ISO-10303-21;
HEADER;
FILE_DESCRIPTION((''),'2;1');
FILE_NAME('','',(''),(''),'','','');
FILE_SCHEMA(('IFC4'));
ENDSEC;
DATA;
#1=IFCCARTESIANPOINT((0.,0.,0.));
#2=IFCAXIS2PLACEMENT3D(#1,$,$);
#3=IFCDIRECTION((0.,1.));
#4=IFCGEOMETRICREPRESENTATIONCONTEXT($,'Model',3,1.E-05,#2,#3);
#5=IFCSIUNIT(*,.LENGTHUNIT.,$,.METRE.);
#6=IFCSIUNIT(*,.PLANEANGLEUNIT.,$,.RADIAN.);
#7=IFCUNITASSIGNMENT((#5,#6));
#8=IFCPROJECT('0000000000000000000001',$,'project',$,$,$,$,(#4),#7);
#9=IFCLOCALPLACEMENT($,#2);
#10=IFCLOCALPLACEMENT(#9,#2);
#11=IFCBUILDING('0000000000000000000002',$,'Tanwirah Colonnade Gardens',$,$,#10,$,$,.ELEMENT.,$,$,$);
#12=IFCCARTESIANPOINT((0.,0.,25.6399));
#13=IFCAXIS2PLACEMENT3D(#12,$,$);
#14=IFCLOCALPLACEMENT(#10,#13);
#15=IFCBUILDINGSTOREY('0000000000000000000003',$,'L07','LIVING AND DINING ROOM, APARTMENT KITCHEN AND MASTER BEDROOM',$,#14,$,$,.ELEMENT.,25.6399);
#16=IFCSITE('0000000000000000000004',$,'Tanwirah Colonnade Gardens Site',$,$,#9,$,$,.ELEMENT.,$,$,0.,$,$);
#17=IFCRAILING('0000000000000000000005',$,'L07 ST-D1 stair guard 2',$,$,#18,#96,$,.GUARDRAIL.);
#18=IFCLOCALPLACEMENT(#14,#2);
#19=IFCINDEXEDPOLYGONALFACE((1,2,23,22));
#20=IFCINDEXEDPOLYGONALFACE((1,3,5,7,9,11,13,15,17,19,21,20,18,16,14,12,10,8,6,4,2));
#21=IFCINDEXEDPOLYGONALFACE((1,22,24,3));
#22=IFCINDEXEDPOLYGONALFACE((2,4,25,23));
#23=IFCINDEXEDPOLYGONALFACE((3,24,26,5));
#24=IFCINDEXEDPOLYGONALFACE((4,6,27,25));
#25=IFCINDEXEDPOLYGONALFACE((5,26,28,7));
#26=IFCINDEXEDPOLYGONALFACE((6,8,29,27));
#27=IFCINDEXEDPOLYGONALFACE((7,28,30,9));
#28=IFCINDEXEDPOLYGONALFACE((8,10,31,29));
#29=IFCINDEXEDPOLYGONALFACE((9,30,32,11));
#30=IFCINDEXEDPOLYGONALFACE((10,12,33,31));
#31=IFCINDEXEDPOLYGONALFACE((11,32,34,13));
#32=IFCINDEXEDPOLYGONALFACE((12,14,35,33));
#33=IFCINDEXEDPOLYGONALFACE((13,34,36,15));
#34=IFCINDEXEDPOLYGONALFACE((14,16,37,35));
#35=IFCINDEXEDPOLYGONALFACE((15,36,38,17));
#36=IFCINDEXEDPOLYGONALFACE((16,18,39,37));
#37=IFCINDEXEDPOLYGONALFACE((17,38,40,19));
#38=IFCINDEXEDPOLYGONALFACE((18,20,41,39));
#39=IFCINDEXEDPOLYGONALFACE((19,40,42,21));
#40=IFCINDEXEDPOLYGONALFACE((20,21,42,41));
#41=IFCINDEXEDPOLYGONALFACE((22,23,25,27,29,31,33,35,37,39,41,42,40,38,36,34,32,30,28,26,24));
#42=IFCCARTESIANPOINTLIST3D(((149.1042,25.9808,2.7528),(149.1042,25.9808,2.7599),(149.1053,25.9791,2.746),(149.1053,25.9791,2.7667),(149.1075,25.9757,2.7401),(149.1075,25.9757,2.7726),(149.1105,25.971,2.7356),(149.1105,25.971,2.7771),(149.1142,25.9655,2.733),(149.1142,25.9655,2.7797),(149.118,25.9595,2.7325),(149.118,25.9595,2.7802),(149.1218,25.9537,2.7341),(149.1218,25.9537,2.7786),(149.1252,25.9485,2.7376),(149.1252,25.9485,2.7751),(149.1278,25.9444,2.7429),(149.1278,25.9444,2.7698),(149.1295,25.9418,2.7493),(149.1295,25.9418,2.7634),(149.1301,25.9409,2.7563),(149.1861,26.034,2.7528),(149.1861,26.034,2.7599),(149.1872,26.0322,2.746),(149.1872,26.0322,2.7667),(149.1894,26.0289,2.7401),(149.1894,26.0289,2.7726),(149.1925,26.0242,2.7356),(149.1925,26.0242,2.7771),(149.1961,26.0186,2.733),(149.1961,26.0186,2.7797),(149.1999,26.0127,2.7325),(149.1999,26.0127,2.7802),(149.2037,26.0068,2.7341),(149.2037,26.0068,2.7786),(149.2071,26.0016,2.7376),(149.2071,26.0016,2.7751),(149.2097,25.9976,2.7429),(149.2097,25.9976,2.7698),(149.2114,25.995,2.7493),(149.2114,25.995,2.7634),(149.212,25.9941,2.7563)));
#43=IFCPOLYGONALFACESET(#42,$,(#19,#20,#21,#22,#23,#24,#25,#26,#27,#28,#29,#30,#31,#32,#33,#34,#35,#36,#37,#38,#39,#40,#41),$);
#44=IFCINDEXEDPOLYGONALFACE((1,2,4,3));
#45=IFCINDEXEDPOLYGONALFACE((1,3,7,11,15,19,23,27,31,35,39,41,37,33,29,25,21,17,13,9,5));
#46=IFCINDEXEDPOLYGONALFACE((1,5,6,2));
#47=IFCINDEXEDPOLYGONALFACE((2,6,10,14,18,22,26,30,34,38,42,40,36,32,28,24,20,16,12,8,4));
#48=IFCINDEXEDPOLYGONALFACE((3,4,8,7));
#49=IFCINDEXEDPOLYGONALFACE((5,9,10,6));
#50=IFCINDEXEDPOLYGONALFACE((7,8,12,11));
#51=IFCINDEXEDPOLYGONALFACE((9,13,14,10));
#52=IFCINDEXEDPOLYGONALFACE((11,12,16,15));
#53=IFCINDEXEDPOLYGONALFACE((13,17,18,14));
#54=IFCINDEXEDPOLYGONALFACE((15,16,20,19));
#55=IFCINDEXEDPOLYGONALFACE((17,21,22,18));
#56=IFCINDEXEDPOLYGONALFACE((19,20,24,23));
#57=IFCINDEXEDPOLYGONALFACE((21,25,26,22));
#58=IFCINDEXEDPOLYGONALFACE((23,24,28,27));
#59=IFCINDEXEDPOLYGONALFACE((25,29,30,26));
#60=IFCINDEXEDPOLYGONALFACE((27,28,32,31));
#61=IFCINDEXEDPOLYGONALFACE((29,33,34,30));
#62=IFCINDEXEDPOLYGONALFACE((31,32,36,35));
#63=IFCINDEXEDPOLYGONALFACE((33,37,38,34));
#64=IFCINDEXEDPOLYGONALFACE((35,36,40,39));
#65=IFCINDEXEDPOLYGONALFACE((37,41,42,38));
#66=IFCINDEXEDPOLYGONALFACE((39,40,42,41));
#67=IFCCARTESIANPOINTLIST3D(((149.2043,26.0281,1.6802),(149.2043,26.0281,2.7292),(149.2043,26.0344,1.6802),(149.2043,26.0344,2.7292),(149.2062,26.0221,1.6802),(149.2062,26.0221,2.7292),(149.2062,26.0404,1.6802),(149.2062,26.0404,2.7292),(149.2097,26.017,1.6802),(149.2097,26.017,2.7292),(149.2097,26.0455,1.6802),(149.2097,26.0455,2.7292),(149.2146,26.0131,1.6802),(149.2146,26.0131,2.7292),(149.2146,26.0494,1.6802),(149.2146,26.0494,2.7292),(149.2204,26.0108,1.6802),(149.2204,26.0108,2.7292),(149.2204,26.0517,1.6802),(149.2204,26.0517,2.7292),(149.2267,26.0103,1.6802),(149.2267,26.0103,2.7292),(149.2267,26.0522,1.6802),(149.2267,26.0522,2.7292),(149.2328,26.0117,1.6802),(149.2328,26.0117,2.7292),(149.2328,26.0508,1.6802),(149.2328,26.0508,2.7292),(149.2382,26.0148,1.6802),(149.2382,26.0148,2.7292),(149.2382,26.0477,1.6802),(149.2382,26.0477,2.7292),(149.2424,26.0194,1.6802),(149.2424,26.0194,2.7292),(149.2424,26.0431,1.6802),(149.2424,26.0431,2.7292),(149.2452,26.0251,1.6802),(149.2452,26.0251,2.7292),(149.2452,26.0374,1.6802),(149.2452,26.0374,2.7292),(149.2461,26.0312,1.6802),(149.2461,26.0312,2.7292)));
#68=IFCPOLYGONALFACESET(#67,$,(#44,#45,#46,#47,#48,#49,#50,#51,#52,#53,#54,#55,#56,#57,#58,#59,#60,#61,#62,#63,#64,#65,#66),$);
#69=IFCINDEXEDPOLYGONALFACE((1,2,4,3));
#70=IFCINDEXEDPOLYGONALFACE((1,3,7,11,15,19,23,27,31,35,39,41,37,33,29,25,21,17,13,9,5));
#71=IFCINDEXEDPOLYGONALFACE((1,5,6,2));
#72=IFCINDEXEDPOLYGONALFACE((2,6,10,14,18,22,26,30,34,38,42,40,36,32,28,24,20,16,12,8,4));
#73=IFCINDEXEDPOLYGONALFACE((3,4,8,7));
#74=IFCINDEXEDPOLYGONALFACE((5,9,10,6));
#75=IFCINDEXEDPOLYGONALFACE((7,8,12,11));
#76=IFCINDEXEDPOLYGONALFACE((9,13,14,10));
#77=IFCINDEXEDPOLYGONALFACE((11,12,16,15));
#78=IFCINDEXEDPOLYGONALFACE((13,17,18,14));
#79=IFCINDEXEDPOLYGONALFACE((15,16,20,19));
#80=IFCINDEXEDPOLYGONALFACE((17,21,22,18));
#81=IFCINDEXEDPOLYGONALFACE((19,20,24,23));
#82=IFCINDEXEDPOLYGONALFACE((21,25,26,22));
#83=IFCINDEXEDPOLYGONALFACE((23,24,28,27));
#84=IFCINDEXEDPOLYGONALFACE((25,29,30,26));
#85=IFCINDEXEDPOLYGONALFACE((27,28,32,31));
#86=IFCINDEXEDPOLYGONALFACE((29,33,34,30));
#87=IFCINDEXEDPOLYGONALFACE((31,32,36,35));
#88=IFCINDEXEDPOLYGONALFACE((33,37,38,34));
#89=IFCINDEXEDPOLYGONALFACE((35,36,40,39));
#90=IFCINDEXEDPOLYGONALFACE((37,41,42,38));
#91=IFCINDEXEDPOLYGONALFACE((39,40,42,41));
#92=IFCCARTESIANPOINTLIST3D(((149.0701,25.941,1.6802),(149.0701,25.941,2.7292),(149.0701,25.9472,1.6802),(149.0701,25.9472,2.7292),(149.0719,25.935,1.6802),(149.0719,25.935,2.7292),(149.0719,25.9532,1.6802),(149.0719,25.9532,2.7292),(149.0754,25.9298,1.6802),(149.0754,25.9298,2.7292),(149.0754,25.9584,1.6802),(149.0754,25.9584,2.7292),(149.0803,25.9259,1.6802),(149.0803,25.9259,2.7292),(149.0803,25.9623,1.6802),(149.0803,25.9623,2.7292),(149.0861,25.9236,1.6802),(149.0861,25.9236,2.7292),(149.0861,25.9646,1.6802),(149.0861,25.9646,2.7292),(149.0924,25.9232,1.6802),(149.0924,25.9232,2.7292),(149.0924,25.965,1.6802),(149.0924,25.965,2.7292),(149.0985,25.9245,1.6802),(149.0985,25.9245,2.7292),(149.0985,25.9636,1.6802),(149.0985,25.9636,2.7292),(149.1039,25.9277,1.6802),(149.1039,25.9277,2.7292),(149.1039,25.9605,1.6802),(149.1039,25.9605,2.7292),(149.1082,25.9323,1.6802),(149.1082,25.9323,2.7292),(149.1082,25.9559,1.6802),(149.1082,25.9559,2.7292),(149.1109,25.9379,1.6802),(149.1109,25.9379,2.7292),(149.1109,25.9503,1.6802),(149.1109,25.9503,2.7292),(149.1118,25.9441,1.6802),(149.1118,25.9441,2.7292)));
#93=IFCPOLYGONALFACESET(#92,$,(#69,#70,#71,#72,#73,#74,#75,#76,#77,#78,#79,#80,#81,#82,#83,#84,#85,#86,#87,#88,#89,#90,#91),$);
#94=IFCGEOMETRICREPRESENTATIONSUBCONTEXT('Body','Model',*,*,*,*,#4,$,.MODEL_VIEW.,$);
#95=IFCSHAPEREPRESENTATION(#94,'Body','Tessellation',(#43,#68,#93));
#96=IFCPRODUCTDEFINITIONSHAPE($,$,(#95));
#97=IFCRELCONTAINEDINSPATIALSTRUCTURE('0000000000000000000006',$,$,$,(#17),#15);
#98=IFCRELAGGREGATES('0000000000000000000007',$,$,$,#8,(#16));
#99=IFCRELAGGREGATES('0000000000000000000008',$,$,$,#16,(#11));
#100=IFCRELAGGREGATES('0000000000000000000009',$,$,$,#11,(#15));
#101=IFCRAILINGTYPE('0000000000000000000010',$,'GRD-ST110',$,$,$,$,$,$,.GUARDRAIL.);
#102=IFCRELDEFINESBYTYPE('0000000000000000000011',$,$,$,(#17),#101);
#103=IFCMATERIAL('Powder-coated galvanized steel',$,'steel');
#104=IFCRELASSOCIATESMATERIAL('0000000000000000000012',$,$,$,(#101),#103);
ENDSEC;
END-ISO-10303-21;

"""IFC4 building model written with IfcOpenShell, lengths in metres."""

from ifc_helpers import new_model, si_unit, direction, frame, origin, origin_2d, place, context, subcontext, project, spatial, circle, extrude, material, type_object, element, save


model = new_model("IFC4")

# Units and contexts
model_context = context("Model", 3, precision=1e-05, world=origin(), true_north=direction((0.0, 1.0)))
body_context = subcontext(model_context, "Body", "Model", "MODEL_VIEW")
ifc_project = project(units=[si_unit("LENGTHUNIT", "METRE"), si_unit("PLANEANGLEUNIT", "RADIAN")], contexts=[model_context])

# Site, building, storey
site_placement = place(None, origin())
site = spatial("IfcSite", under=ifc_project, at=site_placement, Name="Tanwirah Colonnade Gardens Site", CompositionType="ELEMENT", RefElevation=0.0)
building_placement = place(site_placement, origin())
building = spatial("IfcBuilding", under=site, at=building_placement, Name="Tanwirah Colonnade Gardens", CompositionType="ELEMENT")
storey_placement = place(building_placement, frame((0.0, 0.0, 25.6399)))
storey = spatial("IfcBuildingStorey", under=building, at=storey_placement, Name="L07", Description="LIVING AND DINING ROOM, APARTMENT KITCHEN AND MASTER BEDROOM", CompositionType="ELEMENT", Elevation=25.6399)

# Railing
ifc_material_1 = material(Name="Powder-coated galvanized steel", Category="steel")
railing_type_1 = type_object("IfcRailingType", Name="GRD-ST110", PredefinedType="GUARDRAIL", material=ifc_material_1)
railing_1_placement = place(storey_placement, frame((149.2251, 26.0312, 1.6802)))
element("IfcRailing", 1, at=railing_1_placement, inside=storey, type_object=railing_type_1, Name="L07 ST-D1 stair guard 2", PredefinedType="GUARDRAIL", context=body_context, shape_type="SweptSolid", body=[
    extrude(circle(Radius=0.0239, at=origin_2d()), frame((-0.0261, -0.0171, 1.0762), z_axis=(-0.838792, -0.544452, 0.0), x_axis=(0.544452, -0.838792, 0.0)), (0.0, 0.0, 1.0), 0.0977),
    extrude(circle(Radius=0.021, at=origin_2d()), origin(), (0.0, 0.0, 1.0), 1.0491),
    extrude(circle(Radius=0.021, at=origin_2d()), frame((-0.1343, -0.0872, 0.0)), (0.0, 0.0, 1.0), 1.0491),
])

save(model, "model.ifc")
